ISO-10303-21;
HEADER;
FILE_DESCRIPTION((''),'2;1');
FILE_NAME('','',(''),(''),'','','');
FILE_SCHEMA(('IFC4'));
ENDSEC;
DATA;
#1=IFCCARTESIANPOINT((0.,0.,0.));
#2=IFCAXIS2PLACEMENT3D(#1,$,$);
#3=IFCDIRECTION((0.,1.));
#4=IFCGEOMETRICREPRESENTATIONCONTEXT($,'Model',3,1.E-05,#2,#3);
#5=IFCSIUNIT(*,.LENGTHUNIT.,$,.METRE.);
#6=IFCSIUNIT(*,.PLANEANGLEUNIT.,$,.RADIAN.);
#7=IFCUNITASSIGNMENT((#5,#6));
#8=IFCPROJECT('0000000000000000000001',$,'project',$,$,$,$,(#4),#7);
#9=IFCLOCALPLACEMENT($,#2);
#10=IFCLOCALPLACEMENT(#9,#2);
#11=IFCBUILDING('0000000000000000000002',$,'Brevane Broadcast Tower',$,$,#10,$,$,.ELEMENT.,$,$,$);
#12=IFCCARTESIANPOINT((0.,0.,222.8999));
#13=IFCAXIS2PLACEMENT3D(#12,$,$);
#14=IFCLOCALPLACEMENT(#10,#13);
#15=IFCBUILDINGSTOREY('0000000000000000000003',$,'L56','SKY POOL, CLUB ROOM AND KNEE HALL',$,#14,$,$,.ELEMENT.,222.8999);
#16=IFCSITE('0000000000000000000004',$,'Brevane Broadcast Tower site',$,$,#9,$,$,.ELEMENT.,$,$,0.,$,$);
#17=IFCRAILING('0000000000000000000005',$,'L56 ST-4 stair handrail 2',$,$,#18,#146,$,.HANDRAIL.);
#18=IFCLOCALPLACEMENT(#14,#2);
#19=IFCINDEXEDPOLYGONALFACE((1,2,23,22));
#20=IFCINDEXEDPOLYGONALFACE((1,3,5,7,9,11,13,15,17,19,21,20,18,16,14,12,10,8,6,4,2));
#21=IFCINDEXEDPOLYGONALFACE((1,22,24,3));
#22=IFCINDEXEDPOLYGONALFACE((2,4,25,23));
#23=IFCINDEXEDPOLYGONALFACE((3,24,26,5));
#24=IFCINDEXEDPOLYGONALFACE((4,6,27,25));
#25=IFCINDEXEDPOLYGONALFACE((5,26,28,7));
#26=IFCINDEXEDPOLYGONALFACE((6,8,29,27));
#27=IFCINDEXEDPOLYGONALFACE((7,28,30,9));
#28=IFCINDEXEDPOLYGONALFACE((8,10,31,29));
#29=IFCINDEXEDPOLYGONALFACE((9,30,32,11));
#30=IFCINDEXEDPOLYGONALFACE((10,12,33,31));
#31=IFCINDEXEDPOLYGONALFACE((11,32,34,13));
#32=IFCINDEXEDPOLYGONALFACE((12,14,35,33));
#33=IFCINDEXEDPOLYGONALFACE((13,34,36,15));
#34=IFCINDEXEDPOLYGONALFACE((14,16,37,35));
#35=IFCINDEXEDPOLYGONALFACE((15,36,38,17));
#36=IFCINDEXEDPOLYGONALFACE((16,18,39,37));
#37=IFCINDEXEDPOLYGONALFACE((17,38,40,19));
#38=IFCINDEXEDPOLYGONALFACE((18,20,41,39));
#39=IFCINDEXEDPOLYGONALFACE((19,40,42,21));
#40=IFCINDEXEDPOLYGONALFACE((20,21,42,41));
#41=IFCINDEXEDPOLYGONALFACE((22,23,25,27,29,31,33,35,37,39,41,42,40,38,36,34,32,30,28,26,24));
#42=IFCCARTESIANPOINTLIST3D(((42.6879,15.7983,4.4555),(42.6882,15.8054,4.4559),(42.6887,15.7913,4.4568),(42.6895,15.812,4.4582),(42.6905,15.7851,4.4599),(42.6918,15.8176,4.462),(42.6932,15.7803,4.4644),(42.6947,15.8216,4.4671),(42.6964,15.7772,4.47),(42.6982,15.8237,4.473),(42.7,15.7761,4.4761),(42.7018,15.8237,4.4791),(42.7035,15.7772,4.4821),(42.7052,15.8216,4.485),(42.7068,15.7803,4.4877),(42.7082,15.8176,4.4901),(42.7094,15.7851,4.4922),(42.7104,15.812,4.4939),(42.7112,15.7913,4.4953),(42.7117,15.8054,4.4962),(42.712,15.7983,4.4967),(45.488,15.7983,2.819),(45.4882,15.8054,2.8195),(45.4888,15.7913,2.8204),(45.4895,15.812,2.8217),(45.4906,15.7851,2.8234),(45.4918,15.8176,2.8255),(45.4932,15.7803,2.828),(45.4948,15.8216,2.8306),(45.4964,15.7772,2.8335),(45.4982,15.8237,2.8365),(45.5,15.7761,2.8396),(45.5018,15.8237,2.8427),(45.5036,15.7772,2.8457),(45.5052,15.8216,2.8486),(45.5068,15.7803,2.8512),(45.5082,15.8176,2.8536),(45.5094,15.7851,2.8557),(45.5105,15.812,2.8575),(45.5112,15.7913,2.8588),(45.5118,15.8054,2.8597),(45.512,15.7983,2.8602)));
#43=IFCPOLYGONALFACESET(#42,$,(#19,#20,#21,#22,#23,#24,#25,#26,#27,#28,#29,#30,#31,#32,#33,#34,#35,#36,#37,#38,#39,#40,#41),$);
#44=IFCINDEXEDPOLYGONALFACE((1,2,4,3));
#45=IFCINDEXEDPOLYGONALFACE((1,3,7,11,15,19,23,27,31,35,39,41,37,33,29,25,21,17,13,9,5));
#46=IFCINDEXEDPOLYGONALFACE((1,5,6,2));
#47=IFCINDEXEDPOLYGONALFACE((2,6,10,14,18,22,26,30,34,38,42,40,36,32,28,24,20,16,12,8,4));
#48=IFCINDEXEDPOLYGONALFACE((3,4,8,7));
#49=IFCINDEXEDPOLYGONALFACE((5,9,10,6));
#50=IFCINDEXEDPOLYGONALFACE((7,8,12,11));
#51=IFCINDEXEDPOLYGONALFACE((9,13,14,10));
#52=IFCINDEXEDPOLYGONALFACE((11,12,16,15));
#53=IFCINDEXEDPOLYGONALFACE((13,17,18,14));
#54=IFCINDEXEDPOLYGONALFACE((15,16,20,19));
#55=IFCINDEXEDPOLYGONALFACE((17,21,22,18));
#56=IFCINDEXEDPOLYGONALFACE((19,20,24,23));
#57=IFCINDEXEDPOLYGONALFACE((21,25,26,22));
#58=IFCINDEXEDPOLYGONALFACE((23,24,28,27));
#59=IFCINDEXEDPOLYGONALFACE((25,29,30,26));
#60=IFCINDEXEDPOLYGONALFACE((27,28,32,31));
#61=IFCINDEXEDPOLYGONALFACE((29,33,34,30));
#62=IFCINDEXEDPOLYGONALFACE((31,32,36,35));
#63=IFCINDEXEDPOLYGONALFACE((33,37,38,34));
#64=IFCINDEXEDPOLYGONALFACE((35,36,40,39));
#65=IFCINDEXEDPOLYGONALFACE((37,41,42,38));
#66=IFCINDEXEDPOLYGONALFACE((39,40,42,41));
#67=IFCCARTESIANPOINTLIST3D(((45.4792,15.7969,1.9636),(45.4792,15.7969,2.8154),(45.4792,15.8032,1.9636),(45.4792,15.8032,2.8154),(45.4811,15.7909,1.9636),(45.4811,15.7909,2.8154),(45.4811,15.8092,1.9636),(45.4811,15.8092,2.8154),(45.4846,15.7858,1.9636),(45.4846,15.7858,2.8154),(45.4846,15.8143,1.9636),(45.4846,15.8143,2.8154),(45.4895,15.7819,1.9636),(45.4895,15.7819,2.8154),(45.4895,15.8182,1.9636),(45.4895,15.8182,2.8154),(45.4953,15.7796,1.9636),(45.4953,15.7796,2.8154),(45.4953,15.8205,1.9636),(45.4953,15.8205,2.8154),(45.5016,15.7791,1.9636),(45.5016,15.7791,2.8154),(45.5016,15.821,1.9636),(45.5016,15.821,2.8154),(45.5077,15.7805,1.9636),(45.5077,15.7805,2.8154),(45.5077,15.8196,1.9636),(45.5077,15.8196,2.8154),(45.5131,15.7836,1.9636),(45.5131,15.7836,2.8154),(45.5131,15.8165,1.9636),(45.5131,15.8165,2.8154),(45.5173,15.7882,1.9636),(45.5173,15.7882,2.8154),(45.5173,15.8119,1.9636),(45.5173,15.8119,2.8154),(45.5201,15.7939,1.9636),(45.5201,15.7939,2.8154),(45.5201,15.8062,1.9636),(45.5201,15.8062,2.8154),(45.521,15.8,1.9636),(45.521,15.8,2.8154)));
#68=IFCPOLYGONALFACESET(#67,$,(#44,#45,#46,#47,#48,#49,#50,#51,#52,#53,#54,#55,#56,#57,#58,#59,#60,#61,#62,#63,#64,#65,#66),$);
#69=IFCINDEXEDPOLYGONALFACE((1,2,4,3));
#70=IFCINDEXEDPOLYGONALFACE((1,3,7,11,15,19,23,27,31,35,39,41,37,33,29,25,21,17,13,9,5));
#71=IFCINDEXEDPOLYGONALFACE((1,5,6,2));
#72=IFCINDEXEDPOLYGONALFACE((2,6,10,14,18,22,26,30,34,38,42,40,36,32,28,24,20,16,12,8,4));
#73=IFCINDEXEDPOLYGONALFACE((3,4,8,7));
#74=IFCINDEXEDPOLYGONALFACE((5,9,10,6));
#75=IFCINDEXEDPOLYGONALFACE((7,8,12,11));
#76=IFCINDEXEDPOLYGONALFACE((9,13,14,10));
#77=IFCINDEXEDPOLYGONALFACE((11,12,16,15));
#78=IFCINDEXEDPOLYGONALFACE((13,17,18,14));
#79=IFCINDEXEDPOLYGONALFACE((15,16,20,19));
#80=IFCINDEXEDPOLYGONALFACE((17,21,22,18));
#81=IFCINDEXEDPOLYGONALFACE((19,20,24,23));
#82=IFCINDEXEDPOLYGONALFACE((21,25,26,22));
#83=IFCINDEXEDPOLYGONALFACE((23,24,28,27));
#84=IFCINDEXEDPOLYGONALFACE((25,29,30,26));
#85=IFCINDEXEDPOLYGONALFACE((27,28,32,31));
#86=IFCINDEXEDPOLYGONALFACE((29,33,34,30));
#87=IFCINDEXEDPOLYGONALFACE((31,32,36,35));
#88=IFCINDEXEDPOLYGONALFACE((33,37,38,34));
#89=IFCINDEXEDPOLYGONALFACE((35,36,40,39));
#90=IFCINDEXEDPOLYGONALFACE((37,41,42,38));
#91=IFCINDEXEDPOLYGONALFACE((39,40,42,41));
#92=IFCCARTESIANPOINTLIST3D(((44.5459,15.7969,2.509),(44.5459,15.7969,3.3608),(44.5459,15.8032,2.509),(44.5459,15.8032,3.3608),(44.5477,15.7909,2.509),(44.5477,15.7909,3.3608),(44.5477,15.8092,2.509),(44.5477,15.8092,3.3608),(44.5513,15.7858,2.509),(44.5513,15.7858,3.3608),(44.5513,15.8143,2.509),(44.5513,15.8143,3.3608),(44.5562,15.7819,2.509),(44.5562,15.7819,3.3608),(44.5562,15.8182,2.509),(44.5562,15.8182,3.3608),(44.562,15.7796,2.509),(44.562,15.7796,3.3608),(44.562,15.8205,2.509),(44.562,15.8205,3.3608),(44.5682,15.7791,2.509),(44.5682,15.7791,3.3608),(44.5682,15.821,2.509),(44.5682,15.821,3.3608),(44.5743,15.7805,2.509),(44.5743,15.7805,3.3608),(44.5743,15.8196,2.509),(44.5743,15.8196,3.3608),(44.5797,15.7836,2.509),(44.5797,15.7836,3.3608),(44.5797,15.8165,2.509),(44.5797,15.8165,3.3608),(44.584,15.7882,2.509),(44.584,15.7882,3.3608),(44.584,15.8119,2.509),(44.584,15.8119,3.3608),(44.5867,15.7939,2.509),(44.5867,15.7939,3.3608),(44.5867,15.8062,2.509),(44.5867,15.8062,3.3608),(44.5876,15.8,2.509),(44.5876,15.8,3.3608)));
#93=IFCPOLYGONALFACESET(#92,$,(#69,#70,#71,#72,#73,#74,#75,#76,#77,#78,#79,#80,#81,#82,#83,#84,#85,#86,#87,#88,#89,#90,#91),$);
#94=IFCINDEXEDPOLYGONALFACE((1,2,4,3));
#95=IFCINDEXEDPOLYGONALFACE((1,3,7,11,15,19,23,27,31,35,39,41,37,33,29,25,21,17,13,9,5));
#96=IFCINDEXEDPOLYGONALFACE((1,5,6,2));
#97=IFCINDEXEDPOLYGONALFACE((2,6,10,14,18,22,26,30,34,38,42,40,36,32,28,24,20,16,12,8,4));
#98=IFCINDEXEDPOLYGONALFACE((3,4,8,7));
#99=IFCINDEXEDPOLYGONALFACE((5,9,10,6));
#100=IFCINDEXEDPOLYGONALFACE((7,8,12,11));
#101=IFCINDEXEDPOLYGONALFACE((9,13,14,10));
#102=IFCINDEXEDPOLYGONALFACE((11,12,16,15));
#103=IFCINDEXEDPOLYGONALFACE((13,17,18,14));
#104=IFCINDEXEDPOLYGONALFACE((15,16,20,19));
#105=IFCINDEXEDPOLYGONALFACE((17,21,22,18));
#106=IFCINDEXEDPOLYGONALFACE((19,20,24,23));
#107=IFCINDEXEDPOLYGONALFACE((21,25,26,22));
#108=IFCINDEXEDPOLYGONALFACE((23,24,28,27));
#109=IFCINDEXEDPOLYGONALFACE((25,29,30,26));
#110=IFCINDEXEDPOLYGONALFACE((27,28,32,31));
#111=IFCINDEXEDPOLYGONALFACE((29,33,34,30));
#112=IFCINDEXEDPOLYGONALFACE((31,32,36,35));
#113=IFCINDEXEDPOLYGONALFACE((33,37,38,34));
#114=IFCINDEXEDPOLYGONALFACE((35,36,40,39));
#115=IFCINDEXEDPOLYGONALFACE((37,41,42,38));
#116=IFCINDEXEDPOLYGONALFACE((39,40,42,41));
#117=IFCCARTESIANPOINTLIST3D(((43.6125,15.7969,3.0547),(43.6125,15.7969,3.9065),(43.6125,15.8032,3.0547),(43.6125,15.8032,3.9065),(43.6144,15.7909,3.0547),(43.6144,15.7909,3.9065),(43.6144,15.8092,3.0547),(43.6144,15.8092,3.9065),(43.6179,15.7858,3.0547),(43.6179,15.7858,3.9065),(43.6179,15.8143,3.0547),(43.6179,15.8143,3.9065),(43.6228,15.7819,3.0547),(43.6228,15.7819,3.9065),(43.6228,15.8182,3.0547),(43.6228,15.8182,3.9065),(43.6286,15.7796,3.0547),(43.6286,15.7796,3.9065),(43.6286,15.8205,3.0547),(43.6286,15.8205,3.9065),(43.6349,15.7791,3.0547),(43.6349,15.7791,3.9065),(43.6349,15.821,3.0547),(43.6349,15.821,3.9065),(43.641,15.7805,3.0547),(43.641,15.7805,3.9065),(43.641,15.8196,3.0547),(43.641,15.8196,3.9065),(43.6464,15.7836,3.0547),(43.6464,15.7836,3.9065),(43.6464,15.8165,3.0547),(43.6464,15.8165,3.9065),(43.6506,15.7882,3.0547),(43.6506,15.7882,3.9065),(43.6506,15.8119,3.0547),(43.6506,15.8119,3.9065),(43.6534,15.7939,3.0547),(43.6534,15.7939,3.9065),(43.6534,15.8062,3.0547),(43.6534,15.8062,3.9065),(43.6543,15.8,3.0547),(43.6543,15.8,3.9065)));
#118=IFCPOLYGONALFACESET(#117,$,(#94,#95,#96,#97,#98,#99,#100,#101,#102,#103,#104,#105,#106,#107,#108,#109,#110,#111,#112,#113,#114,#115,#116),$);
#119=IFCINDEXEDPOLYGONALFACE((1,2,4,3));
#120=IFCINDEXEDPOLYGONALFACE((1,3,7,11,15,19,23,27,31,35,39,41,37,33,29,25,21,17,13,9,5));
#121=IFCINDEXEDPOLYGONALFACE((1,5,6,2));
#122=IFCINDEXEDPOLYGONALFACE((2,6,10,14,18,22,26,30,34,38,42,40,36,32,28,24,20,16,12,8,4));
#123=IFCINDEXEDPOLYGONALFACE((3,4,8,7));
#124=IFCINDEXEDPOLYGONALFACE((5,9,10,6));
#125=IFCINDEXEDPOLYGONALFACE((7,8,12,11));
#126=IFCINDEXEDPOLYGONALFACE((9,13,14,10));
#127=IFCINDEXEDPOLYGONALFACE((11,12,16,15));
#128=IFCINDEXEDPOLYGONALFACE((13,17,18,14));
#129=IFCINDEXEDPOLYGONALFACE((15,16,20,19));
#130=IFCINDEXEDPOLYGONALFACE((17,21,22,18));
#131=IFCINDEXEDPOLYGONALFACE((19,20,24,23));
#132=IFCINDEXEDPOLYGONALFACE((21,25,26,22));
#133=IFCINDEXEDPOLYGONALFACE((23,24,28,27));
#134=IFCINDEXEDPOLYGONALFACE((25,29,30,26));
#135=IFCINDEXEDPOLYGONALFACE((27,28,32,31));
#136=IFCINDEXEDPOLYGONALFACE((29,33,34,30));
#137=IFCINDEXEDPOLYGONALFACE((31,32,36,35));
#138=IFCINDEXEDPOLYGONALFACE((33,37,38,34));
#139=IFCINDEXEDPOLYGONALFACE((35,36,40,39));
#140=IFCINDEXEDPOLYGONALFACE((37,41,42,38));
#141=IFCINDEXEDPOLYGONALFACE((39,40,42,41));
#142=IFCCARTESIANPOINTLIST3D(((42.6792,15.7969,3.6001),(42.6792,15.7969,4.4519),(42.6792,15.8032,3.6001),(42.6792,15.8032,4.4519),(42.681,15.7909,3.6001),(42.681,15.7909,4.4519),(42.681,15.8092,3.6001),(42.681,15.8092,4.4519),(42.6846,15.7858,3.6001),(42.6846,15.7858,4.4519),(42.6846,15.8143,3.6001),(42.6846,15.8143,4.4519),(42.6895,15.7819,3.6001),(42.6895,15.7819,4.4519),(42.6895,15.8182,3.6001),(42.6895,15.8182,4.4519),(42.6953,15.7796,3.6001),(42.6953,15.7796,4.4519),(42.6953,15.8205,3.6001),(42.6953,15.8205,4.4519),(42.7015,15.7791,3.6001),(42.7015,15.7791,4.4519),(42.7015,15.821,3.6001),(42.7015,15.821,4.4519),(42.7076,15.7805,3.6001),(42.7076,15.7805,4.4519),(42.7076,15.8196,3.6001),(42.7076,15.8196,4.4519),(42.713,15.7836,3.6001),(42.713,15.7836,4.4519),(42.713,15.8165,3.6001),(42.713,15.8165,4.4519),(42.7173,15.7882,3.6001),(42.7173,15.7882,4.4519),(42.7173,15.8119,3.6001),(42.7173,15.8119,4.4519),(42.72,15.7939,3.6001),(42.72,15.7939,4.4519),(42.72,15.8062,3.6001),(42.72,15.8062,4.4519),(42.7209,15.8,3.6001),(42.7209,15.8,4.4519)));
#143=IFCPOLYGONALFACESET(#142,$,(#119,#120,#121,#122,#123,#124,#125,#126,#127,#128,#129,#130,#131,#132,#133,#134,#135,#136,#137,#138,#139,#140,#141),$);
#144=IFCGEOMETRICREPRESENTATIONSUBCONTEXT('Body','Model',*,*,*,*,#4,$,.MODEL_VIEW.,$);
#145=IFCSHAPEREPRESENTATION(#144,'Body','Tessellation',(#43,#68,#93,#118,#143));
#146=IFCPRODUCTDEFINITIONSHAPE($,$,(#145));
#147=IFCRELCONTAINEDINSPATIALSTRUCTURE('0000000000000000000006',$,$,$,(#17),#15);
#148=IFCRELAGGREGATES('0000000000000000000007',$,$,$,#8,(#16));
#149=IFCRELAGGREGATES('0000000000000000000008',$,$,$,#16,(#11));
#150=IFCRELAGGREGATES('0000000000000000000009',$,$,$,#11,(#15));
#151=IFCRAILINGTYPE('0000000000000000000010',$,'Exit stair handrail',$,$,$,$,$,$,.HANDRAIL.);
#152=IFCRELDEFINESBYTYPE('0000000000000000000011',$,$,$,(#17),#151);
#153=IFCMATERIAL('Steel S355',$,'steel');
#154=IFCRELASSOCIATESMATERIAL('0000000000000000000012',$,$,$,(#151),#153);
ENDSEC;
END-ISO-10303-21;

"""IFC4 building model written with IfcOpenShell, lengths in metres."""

from ifc_helpers import new_model, si_unit, direction, frame, origin, origin_2d, place, context, subcontext, project, spatial, circle, extrude, material, type_object, element, save


model = new_model("IFC4")

# Units and contexts
model_context = context("Model", 3, precision=1e-05, world=origin(), true_north=direction((0.0, 1.0)))
body_context = subcontext(model_context, "Body", "Model", "MODEL_VIEW")
ifc_project = project(units=[si_unit("LENGTHUNIT", "METRE"), si_unit("PLANEANGLEUNIT", "RADIAN")], contexts=[model_context])

# Site, building, storey
site_placement = place(None, origin())
site = spatial("IfcSite", under=ifc_project, at=site_placement, Name="Brevane Broadcast Tower site", CompositionType="ELEMENT", RefElevation=0.0)
building_placement = place(site_placement, origin())
building = spatial("IfcBuilding", under=site, at=building_placement, Name="Brevane Broadcast Tower", CompositionType="ELEMENT")
storey_placement = place(building_placement, frame((0.0, 0.0, 222.8999)))
storey = spatial("IfcBuildingStorey", under=building, at=storey_placement, Name="L56", Description="SKY POOL, CLUB ROOM AND KNEE HALL", CompositionType="ELEMENT", Elevation=222.8999)

# Railing
ifc_material_1 = material(Name="Steel S355", Category="steel")
railing_type_1 = type_object("IfcRailingType", Name="Exit stair handrail", PredefinedType="HANDRAIL", material=ifc_material_1)
railing_1_placement = place(storey_placement, frame((45.5, 15.8, 1.9636)))
element("IfcRailing", 1, at=railing_1_placement, inside=storey, type_object=railing_type_1, Name="L56 ST-4 stair handrail 2", PredefinedType="HANDRAIL", context=body_context, shape_type="SweptSolid", body=[
    extrude(circle(Radius=0.0239, at=origin_2d()), frame((0.0, 0.0, 0.876), z_axis=(-0.863361, 0.0, 0.504587), x_axis=(0.0, -1.0, 0.0)), (0.0, 0.0, 1.0), 3.2432),
    extrude(circle(Radius=0.021, at=origin_2d()), origin(), (0.0, 0.0, 1.0), 0.8518),
    extrude(circle(Radius=0.021, at=origin_2d()), frame((-0.9333, 0.0, 0.5454)), (0.0, 0.0, 1.0), 0.8518),
    extrude(circle(Radius=0.021, at=origin_2d()), frame((-1.8667, 0.0, 1.0911)), (0.0, 0.0, 1.0), 0.8518),
    extrude(circle(Radius=0.021, at=origin_2d()), frame((-2.8, 0.0, 1.6365)), (0.0, 0.0, 1.0), 0.8518),
])

save(model, "model.ifc")
